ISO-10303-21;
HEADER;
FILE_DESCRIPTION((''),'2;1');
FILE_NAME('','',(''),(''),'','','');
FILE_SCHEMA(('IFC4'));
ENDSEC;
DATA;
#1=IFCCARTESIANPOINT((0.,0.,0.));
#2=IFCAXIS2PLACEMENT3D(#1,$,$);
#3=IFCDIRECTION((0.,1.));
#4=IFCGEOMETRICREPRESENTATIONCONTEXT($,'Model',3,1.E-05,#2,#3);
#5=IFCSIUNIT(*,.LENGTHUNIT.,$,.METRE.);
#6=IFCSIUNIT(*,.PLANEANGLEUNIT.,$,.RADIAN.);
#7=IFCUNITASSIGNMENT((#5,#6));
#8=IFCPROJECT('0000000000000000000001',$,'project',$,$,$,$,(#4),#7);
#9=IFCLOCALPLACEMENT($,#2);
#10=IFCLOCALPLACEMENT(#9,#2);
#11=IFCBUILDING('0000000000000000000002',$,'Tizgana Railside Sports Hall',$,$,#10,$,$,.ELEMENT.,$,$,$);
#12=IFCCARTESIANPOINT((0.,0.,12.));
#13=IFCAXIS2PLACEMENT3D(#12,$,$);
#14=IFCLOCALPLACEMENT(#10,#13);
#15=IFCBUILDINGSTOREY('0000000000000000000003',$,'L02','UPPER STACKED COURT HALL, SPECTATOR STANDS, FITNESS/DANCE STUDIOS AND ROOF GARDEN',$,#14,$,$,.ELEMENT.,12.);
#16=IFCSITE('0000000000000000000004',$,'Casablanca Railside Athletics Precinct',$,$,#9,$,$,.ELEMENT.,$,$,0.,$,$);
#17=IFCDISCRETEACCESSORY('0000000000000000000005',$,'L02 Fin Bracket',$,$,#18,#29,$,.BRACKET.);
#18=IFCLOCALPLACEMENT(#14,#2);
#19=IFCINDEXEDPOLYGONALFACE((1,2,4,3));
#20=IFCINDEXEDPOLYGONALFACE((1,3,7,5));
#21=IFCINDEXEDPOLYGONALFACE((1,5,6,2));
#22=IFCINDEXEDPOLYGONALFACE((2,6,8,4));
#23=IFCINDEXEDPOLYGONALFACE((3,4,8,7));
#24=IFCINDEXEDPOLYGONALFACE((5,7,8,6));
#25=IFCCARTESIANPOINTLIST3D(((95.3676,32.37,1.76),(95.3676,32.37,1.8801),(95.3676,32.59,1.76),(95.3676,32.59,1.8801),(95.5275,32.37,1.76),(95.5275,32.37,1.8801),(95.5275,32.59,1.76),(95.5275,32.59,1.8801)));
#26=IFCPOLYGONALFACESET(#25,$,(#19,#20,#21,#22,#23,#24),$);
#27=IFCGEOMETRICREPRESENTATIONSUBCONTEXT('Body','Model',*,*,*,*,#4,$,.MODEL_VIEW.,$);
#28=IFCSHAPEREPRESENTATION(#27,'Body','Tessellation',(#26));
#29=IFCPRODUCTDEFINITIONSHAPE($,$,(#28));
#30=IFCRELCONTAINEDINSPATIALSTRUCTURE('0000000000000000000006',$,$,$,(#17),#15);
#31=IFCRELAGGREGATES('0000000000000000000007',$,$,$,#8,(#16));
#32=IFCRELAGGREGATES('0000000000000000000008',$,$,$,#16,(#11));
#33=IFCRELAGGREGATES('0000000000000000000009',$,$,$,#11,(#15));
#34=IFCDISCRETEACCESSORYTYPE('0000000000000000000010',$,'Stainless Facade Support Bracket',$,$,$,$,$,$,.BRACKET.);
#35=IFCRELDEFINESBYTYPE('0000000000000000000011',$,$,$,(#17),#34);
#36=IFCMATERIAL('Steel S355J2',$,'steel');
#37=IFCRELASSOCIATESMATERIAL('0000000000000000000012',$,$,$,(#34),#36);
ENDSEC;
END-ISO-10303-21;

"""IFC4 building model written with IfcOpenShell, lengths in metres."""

from ifc_helpers import new_model, si_unit, direction, frame, origin, origin_2d, place, context, subcontext, project, spatial, rectangle, extrude, material, type_object, element, save


model = new_model("IFC4")

# Units and contexts
model_context = context("Model", 3, precision=1e-05, world=origin(), true_north=direction((0.0, 1.0)))
body_context = subcontext(model_context, "Body", "Model", "MODEL_VIEW")
ifc_project = project(units=[si_unit("LENGTHUNIT", "METRE"), si_unit("PLANEANGLEUNIT", "RADIAN")], contexts=[model_context])

# Site, building, storey
site_placement = place(None, origin())
site = spatial("IfcSite", under=ifc_project, at=site_placement, Name="Casablanca Railside Athletics Precinct", CompositionType="ELEMENT", RefElevation=0.0)
building_placement = place(site_placement, origin())
building = spatial("IfcBuilding", under=site, at=building_placement, Name="Tizgana Railside Sports Hall", CompositionType="ELEMENT")
storey_placement = place(building_placement, frame((0.0, 0.0, 12.0)))
storey = spatial("IfcBuildingStorey", under=building, at=storey_placement, Name="L02", Description="UPPER STACKED COURT HALL, SPECTATOR STANDS, FITNESS/DANCE STUDIOS AND ROOF GARDEN", CompositionType="ELEMENT", Elevation=12.0)

# Discrete accessory
ifc_material_1 = material(Name="Steel S355J2", Category="steel")
discrete_accessory_type = type_object("IfcDiscreteAccessoryType", Name="Stainless Facade Support Bracket", PredefinedType="BRACKET", material=ifc_material_1)
discrete_accessory_placement = place(storey_placement, frame((95.4475, 32.48, 1.76), z_axis=(0.0, 0.0, 1.0), x_axis=(1.0, 0.0, 0.0)))
element("IfcDiscreteAccessory", 1, at=discrete_accessory_placement, inside=storey, type_object=discrete_accessory_type, Name="L02 Fin Bracket", PredefinedType="BRACKET", context=body_context, shape_type="SweptSolid", body=[
    extrude(rectangle(XDim=0.1599, YDim=0.22, at=origin_2d()), origin(), (0.0, 0.0, 1.0), 0.1201),
])

save(model, "model.ifc")
